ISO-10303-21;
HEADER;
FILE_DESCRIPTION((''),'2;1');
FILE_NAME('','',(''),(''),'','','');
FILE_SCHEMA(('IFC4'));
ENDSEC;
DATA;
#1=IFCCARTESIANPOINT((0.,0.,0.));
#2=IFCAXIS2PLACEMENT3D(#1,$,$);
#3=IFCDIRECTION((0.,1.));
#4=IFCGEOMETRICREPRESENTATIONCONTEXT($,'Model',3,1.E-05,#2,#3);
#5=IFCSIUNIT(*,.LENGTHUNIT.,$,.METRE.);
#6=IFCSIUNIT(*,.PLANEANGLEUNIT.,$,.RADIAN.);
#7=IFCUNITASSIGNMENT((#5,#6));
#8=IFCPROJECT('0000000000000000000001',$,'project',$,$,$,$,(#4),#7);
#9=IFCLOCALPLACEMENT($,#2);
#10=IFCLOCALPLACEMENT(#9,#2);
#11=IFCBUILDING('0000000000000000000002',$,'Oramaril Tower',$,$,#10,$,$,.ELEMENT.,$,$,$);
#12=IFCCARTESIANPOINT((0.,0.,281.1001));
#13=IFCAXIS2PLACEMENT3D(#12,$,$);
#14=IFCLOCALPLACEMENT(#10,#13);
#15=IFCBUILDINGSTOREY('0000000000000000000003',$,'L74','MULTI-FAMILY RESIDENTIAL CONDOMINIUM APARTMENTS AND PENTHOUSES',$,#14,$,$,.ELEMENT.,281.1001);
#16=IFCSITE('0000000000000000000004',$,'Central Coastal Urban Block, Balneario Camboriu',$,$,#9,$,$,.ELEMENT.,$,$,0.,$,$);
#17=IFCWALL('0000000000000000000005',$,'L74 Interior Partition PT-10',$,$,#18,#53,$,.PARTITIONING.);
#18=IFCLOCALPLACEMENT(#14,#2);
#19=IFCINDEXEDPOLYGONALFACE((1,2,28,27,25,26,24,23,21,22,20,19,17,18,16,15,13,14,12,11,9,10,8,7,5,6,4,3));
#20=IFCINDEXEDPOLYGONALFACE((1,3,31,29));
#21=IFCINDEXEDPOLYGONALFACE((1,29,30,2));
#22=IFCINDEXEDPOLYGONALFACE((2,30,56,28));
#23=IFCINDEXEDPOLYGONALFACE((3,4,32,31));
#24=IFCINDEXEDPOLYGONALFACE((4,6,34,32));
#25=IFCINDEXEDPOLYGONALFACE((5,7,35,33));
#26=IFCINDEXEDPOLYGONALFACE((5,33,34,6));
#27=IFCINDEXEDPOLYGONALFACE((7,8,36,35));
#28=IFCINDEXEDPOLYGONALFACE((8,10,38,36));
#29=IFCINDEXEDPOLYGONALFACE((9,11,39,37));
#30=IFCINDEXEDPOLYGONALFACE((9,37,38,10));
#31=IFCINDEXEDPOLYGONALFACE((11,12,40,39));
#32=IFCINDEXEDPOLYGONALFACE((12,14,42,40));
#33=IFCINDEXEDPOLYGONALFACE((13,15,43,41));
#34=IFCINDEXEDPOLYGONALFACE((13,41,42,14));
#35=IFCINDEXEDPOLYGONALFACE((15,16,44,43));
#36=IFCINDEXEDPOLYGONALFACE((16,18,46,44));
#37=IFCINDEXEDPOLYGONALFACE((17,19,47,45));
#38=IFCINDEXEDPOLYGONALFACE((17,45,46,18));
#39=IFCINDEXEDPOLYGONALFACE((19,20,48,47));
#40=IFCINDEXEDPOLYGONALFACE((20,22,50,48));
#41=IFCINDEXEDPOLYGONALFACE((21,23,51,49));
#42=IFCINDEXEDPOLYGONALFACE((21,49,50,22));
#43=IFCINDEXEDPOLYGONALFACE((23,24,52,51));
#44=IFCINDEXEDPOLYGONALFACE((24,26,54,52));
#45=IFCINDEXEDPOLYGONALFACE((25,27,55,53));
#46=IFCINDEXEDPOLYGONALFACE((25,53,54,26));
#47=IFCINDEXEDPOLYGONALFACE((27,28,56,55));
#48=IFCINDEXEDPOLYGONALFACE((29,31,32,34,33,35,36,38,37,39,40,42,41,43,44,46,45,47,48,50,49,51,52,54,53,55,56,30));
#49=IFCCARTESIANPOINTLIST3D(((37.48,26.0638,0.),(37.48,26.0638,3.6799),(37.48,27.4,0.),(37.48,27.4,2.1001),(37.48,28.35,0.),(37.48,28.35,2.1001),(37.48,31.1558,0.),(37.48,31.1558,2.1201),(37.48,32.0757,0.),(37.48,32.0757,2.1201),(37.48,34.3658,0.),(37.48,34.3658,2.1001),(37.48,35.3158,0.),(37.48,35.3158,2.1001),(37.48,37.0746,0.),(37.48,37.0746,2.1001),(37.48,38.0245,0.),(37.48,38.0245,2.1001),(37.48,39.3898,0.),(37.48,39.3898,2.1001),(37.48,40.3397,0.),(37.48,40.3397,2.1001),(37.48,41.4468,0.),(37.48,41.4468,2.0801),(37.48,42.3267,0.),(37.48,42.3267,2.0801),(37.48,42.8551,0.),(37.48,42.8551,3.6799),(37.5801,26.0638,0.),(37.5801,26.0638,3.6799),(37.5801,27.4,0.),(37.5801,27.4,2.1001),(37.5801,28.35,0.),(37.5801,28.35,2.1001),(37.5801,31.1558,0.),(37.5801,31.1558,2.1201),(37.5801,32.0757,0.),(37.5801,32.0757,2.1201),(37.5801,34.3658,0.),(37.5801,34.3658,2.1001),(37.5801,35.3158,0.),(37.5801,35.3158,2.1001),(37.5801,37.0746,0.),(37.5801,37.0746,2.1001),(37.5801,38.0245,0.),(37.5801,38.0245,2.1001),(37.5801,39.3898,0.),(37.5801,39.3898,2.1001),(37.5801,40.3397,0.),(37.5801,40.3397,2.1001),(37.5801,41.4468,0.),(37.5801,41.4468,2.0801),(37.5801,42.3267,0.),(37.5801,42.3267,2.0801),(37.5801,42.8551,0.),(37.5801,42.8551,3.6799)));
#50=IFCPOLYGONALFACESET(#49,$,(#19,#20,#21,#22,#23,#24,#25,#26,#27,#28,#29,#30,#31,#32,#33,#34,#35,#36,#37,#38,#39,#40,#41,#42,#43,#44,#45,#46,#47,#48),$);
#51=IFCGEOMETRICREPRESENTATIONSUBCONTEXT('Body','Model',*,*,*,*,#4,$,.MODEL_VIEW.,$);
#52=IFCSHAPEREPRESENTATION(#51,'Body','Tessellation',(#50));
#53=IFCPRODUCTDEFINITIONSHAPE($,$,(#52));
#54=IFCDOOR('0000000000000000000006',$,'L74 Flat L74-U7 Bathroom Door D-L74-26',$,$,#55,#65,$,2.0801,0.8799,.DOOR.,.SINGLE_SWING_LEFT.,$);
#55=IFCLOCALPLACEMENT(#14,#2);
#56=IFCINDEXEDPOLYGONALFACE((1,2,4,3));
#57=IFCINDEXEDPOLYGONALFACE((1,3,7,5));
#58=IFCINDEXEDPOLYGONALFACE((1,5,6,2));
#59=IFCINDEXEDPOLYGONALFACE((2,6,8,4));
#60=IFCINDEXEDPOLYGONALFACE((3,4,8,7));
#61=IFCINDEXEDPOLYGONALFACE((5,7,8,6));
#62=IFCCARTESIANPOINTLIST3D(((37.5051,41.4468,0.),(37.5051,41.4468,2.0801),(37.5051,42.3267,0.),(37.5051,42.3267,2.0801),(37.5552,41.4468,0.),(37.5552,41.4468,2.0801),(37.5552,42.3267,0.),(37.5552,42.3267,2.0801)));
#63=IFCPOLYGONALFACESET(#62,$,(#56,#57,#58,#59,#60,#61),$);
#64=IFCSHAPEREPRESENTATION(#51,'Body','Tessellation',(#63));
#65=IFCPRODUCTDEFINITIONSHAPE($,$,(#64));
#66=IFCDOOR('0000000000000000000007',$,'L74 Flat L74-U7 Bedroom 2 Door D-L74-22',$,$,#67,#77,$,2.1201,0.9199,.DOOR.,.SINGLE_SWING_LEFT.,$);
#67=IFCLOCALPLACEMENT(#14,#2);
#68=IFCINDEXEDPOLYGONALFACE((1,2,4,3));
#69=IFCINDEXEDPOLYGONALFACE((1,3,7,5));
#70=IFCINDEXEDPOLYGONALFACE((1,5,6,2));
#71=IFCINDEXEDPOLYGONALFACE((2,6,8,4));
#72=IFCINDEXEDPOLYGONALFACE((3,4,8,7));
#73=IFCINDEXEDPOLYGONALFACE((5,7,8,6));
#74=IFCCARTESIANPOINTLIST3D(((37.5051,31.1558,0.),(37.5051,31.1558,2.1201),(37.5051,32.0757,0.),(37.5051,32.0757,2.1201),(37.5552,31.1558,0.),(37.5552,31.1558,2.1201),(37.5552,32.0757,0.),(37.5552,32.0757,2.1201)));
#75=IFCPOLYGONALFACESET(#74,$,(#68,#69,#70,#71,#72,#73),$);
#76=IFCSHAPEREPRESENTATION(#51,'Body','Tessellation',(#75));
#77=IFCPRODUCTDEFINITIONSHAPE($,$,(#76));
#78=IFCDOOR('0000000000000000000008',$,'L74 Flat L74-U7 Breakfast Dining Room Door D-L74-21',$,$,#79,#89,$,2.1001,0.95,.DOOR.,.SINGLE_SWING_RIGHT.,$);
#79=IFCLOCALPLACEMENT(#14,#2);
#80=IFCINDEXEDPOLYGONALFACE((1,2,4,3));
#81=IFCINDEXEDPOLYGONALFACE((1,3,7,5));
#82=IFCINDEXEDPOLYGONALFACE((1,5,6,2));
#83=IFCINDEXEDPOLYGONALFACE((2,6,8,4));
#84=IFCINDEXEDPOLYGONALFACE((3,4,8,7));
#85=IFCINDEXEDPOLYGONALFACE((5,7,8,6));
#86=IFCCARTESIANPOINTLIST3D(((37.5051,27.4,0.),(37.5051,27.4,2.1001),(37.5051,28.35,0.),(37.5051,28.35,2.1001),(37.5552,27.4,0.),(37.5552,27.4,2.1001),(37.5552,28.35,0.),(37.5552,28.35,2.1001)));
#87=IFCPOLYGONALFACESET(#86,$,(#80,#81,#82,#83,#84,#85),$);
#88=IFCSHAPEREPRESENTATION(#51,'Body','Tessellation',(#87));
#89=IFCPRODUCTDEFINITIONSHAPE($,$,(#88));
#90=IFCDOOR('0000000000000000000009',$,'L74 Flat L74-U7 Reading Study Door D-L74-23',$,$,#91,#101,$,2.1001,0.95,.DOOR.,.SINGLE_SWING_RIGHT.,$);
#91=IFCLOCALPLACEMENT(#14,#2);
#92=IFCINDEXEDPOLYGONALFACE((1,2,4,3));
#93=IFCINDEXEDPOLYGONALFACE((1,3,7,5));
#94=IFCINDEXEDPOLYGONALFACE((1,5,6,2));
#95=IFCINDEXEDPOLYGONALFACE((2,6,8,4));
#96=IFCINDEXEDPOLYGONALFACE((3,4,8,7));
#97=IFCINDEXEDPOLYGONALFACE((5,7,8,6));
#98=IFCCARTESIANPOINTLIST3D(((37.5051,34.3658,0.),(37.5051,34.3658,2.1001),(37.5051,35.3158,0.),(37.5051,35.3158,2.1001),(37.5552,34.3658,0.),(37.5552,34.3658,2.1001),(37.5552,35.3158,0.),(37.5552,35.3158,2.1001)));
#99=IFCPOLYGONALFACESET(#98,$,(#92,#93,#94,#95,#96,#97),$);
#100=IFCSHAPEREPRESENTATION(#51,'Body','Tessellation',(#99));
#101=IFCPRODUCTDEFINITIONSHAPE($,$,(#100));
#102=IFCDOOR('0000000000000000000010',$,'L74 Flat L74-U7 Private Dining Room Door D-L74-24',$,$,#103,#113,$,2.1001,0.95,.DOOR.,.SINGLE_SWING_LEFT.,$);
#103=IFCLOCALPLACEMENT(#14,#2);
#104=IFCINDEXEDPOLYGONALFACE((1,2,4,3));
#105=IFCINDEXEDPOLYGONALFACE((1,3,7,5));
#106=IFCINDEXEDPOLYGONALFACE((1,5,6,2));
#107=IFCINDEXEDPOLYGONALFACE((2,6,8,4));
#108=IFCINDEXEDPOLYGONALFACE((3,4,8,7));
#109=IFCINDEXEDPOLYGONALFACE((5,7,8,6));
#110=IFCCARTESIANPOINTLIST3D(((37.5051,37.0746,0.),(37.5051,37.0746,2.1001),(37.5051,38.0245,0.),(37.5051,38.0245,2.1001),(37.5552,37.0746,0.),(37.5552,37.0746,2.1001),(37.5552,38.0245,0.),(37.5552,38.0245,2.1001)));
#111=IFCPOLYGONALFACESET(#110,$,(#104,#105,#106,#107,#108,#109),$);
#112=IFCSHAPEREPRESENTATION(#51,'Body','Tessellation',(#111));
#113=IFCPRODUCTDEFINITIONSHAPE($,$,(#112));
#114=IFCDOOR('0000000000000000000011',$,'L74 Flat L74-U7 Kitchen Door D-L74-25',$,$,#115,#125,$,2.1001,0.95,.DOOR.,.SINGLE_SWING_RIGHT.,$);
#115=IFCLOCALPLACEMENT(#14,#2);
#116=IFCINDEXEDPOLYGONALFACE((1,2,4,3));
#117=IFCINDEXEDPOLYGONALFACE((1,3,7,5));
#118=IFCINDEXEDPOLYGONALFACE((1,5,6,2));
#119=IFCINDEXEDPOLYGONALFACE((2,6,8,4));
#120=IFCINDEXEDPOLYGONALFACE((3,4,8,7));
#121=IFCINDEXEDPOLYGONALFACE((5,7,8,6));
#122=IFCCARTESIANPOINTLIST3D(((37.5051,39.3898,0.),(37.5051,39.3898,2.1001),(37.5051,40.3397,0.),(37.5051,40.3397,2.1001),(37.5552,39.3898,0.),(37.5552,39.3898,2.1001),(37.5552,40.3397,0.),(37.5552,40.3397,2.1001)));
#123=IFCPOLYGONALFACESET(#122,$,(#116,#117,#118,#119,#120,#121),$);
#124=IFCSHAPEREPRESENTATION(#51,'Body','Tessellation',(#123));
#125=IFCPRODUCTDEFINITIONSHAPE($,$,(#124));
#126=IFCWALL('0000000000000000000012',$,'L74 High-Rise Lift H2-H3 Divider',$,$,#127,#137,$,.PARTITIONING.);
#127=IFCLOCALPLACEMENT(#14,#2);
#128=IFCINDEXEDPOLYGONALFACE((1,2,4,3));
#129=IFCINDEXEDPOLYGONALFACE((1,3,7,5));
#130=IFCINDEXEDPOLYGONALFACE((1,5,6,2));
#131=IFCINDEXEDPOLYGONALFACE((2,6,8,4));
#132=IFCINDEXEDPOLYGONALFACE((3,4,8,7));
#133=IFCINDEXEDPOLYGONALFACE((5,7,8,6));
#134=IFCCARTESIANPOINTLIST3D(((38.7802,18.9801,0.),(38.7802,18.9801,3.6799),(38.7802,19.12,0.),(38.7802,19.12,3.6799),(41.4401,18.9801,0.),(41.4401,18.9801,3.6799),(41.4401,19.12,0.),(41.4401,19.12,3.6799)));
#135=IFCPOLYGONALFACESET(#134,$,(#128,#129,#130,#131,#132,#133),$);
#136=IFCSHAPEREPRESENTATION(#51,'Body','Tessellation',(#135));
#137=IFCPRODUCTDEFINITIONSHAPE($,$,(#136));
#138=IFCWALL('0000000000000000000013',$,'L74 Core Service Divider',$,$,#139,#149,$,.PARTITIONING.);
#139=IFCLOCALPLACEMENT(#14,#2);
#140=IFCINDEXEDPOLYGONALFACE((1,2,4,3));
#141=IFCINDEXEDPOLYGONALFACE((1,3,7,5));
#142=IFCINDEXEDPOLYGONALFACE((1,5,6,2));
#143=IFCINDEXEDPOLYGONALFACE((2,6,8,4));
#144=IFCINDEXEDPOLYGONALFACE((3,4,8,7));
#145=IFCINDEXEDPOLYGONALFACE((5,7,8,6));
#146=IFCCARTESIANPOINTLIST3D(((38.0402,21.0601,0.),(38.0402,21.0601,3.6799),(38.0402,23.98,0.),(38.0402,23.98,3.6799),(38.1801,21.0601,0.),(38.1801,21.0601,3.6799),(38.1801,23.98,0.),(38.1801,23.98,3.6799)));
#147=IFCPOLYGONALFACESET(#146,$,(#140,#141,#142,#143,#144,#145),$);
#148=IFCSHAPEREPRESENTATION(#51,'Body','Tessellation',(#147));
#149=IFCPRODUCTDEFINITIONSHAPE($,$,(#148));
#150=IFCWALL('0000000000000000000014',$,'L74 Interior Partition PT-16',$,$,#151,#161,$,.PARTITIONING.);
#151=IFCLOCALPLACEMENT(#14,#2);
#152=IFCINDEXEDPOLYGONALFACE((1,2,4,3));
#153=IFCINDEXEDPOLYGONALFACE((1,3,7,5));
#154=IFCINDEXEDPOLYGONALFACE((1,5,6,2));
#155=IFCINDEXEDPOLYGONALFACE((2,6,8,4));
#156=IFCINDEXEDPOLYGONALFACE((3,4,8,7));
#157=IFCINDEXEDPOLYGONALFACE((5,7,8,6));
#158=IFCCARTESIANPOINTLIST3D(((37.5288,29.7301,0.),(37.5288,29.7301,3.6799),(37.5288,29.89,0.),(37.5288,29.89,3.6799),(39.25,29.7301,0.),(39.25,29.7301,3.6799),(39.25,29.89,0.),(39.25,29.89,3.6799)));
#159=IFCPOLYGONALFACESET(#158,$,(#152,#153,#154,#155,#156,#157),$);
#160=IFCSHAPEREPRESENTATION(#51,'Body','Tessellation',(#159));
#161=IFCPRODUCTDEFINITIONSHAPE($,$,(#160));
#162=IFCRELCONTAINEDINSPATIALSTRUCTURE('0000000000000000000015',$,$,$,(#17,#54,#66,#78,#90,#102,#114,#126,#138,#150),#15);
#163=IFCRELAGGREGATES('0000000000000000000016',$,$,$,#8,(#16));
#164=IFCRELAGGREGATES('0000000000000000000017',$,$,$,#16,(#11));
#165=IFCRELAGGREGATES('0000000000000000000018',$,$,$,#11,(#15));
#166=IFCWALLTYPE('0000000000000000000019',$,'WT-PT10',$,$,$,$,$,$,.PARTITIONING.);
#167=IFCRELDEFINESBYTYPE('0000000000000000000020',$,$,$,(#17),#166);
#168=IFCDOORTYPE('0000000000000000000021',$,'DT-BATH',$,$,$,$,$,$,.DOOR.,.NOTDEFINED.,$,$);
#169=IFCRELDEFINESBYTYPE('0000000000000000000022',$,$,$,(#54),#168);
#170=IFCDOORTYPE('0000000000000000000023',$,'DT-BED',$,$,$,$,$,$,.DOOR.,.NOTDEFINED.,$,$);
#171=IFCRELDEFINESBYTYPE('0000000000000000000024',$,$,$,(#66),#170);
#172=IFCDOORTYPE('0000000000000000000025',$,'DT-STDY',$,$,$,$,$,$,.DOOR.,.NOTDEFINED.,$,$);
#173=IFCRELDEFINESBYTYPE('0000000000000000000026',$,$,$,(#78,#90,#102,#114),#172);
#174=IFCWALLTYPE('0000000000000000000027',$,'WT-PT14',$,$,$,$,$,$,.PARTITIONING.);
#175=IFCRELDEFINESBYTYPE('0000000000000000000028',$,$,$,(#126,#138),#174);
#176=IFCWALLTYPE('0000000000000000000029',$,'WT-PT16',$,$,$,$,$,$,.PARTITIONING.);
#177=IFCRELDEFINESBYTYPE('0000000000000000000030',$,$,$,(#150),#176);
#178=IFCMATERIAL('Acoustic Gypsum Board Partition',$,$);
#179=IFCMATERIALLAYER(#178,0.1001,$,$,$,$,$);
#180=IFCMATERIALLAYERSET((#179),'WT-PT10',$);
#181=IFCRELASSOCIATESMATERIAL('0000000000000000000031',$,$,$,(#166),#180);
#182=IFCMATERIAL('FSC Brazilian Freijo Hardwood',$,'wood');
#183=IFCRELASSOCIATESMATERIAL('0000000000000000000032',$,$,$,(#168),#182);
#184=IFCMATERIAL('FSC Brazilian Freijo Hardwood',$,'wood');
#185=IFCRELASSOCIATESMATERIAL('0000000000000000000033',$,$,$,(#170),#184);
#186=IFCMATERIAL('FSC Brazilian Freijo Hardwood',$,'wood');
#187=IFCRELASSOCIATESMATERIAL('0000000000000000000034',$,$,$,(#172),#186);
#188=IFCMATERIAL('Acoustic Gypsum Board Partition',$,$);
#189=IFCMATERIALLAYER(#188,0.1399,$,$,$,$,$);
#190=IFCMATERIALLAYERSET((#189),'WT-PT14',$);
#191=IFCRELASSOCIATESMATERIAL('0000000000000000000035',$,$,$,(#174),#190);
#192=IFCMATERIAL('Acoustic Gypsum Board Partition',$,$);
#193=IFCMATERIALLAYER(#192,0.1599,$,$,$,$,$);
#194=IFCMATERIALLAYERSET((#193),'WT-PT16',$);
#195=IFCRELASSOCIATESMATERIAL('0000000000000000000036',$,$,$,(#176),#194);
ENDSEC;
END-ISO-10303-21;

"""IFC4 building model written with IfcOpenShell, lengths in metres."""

from ifc_helpers import new_model, si_unit, direction, frame, frame_2d, origin, place, context, subcontext, project, spatial, rectangle, extrude, material, layer, layer_set, type_object, element, fill, save


model = new_model("IFC4")

# Units and contexts
model_context = context("Model", 3, precision=1e-05, world=origin(), true_north=direction((0.0, 1.0)))
body_context = subcontext(model_context, "Body", "Model", "MODEL_VIEW")
ifc_project = project(units=[si_unit("LENGTHUNIT", "METRE"), si_unit("PLANEANGLEUNIT", "RADIAN")], contexts=[model_context])

# Site, building, storey
site_placement = place(None, origin())
site = spatial("IfcSite", under=ifc_project, at=site_placement, Name="Central Coastal Urban Block, Balneario Camboriu", CompositionType="ELEMENT", RefElevation=0.0)
building_placement = place(site_placement, origin())
building = spatial("IfcBuilding", under=site, at=building_placement, Name="Oramaril Tower", CompositionType="ELEMENT")
storey_placement = place(building_placement, frame((0.0, 0.0, 281.1001)))
storey = spatial("IfcBuildingStorey", under=building, at=storey_placement, Name="L74", Description="MULTI-FAMILY RESIDENTIAL CONDOMINIUM APARTMENTS AND PENTHOUSES", CompositionType="ELEMENT", Elevation=281.1001)

# Shared definitions
ifc_material_1 = material(Name="Acoustic Gypsum Board Partition")
ifc_layer_1 = layer(ifc_material_1, 0.1001)
ifc_layer_set_1 = layer_set([ifc_layer_1], Name="WT-PT10")
wall_type_1 = type_object("IfcWallType", Name="WT-PT10", PredefinedType="PARTITIONING", material=ifc_layer_set_1)
ifc_material_2 = material(Name="FSC Brazilian Freijo Hardwood", Category="wood")
door_type_1 = type_object("IfcDoorType", Name="DT-BATH", OperationType="NOTDEFINED", PredefinedType="DOOR", material=ifc_material_2)

# Wall, openings, doors
wall_1_placement = place(storey_placement, frame((37.53, 26.064, 0.0), z_axis=(0.0, 0.0, 1.0), x_axis=(0.0, 1.0, 0.0)))
wall_1 = element("IfcWall", 1, at=wall_1_placement, inside=storey, type_object=wall_type_1, Name="L74 Interior Partition PT-10", PredefinedType="PARTITIONING", context=body_context, shape_type="SweptSolid", body=[
    extrude(rectangle(XDim=16.7913, YDim=0.1001, at=frame_2d((8.3955, 0.0))), origin(), (0.0, 0.0, 1.0), 3.6799),
])
opening_1_placement = place(wall_1_placement, frame((1.3359, 0.0, 0.0)))
opening_1 = element("IfcOpeningElement", 2, at=opening_1_placement, cuts=wall_1, PredefinedType="OPENING", context=body_context, shape_type="SweptSolid", body=[
    extrude(rectangle(XDim=0.95, YDim=2.1001, at=frame_2d((0.4751, 1.05))), frame((0.0, 0.05, 0.0), z_axis=(0.0, -1.0, 0.0), x_axis=(1.0, 0.0, 0.0)), (0.0, 0.0, 1.0), 0.1001),
])
opening_2_placement = place(wall_1_placement, frame((5.0918, 0.0, 0.0)))
opening_2 = element("IfcOpeningElement", 3, at=opening_2_placement, cuts=wall_1, PredefinedType="OPENING", context=body_context, shape_type="SweptSolid", body=[
    extrude(rectangle(XDim=0.9199, YDim=2.1201, at=frame_2d((0.46, 1.0601))), frame((0.0, 0.05, 0.0), z_axis=(0.0, -1.0, 0.0), x_axis=(1.0, 0.0, 0.0)), (0.0, 0.0, 1.0), 0.1001),
])
opening_3_placement = place(wall_1_placement, frame((8.3018, 0.0, 0.0)))
opening_3 = element("IfcOpeningElement", 4, at=opening_3_placement, cuts=wall_1, PredefinedType="OPENING", context=body_context, shape_type="SweptSolid", body=[
    extrude(rectangle(XDim=0.95, YDim=2.1001, at=frame_2d((0.4751, 1.05))), frame((0.0, 0.05, 0.0), z_axis=(0.0, -1.0, 0.0), x_axis=(1.0, 0.0, 0.0)), (0.0, 0.0, 1.0), 0.1001),
])
opening_4_placement = place(wall_1_placement, frame((11.0105, 0.0, 0.0)))
opening_4 = element("IfcOpeningElement", 5, at=opening_4_placement, cuts=wall_1, PredefinedType="OPENING", context=body_context, shape_type="SweptSolid", body=[
    extrude(rectangle(XDim=0.95, YDim=2.1001, at=frame_2d((0.4751, 1.05))), frame((0.0, 0.05, 0.0), z_axis=(0.0, -1.0, 0.0), x_axis=(1.0, 0.0, 0.0)), (0.0, 0.0, 1.0), 0.1001),
])
opening_5_placement = place(wall_1_placement, frame((13.3257, 0.0, 0.0)))
opening_5 = element("IfcOpeningElement", 6, at=opening_5_placement, cuts=wall_1, PredefinedType="OPENING", context=body_context, shape_type="SweptSolid", body=[
    extrude(rectangle(XDim=0.95, YDim=2.1001, at=frame_2d((0.4751, 1.05))), frame((0.0, 0.05, 0.0), z_axis=(0.0, -1.0, 0.0), x_axis=(1.0, 0.0, 0.0)), (0.0, 0.0, 1.0), 0.1001),
])
opening_6_placement = place(wall_1_placement, frame((15.3828, 0.0, 0.0)))
opening_6 = element("IfcOpeningElement", 7, at=opening_6_placement, cuts=wall_1, PredefinedType="OPENING", context=body_context, shape_type="SweptSolid", body=[
    extrude(rectangle(XDim=0.8799, YDim=2.0801, at=frame_2d((0.4399, 1.04))), frame((0.0, 0.05, 0.0), z_axis=(0.0, -1.0, 0.0), x_axis=(1.0, 0.0, 0.0)), (0.0, 0.0, 1.0), 0.1001),
])
door_1_placement = place(opening_6_placement, origin())
door_1 = element("IfcDoor", 8, at=door_1_placement, inside=storey, type_object=door_type_1, Name="L74 Flat L74-U7 Bathroom Door D-L74-26", OperationType="SINGLE_SWING_LEFT", OverallHeight=2.0801, OverallWidth=0.8799, PredefinedType="DOOR", context=body_context, shape_type="SweptSolid", body=[
    extrude(rectangle(XDim=0.8799, YDim=2.0801, at=frame_2d((0.4399, 1.04))), frame((0.0, 0.0249, 0.0), z_axis=(0.0, -1.0, 0.0), x_axis=(1.0, 0.0, 0.0)), (0.0, 0.0, 1.0), 0.05),
])
fill(opening_6, door_1)
ifc_material_3 = material(Name="FSC Brazilian Freijo Hardwood", Category="wood")
door_type_2 = type_object("IfcDoorType", Name="DT-BED", OperationType="NOTDEFINED", PredefinedType="DOOR", material=ifc_material_3)
door_2_placement = place(opening_2_placement, origin())
door_2 = element("IfcDoor", 9, at=door_2_placement, inside=storey, type_object=door_type_2, Name="L74 Flat L74-U7 Bedroom 2 Door D-L74-22", OperationType="SINGLE_SWING_LEFT", OverallHeight=2.1201, OverallWidth=0.9199, PredefinedType="DOOR", context=body_context, shape_type="SweptSolid", body=[
    extrude(rectangle(XDim=0.9199, YDim=2.1201, at=frame_2d((0.46, 1.0601))), frame((0.0, 0.0249, 0.0), z_axis=(0.0, -1.0, 0.0), x_axis=(1.0, 0.0, 0.0)), (0.0, 0.0, 1.0), 0.05),
])
fill(opening_2, door_2)
ifc_material_4 = material(Name="FSC Brazilian Freijo Hardwood", Category="wood")
door_type_3 = type_object("IfcDoorType", Name="DT-STDY", OperationType="NOTDEFINED", PredefinedType="DOOR", material=ifc_material_4)
door_3_placement = place(opening_1_placement, origin())
door_3 = element("IfcDoor", 10, at=door_3_placement, inside=storey, type_object=door_type_3, Name="L74 Flat L74-U7 Breakfast Dining Room Door D-L74-21", OperationType="SINGLE_SWING_RIGHT", OverallHeight=2.1001, OverallWidth=0.95, PredefinedType="DOOR", context=body_context, shape_type="SweptSolid", body=[
    extrude(rectangle(XDim=0.95, YDim=2.1001, at=frame_2d((0.4751, 1.05))), frame((0.0, 0.0249, 0.0), z_axis=(0.0, -1.0, 0.0), x_axis=(1.0, 0.0, 0.0)), (0.0, 0.0, 1.0), 0.05),
])
fill(opening_1, door_3)
door_4_placement = place(opening_3_placement, origin())
door_4 = element("IfcDoor", 11, at=door_4_placement, inside=storey, type_object=door_type_3, Name="L74 Flat L74-U7 Reading Study Door D-L74-23", OperationType="SINGLE_SWING_RIGHT", OverallHeight=2.1001, OverallWidth=0.95, PredefinedType="DOOR", context=body_context, shape_type="SweptSolid", body=[
    extrude(rectangle(XDim=0.95, YDim=2.1001, at=frame_2d((0.4751, 1.05))), frame((0.0, 0.0249, 0.0), z_axis=(0.0, -1.0, 0.0), x_axis=(1.0, 0.0, 0.0)), (0.0, 0.0, 1.0), 0.05),
])
fill(opening_3, door_4)
door_5_placement = place(opening_4_placement, origin())
door_5 = element("IfcDoor", 12, at=door_5_placement, inside=storey, type_object=door_type_3, Name="L74 Flat L74-U7 Private Dining Room Door D-L74-24", OperationType="SINGLE_SWING_LEFT", OverallHeight=2.1001, OverallWidth=0.95, PredefinedType="DOOR", context=body_context, shape_type="SweptSolid", body=[
    extrude(rectangle(XDim=0.95, YDim=2.1001, at=frame_2d((0.4751, 1.05))), frame((0.0, 0.0249, 0.0), z_axis=(0.0, -1.0, 0.0), x_axis=(1.0, 0.0, 0.0)), (0.0, 0.0, 1.0), 0.05),
])
fill(opening_4, door_5)
door_6_placement = place(opening_5_placement, origin())
door_6 = element("IfcDoor", 13, at=door_6_placement, inside=storey, type_object=door_type_3, Name="L74 Flat L74-U7 Kitchen Door D-L74-25", OperationType="SINGLE_SWING_RIGHT", OverallHeight=2.1001, OverallWidth=0.95, PredefinedType="DOOR", context=body_context, shape_type="SweptSolid", body=[
    extrude(rectangle(XDim=0.95, YDim=2.1001, at=frame_2d((0.4751, 1.05))), frame((0.0, 0.0249, 0.0), z_axis=(0.0, -1.0, 0.0), x_axis=(1.0, 0.0, 0.0)), (0.0, 0.0, 1.0), 0.05),
])
fill(opening_5, door_6)

# Walls
ifc_material_5 = material(Name="Acoustic Gypsum Board Partition")
ifc_layer_2 = layer(ifc_material_5, 0.1399)
ifc_layer_set_2 = layer_set([ifc_layer_2], Name="WT-PT14")
wall_type_2 = type_object("IfcWallType", Name="WT-PT14", PredefinedType="PARTITIONING", material=ifc_layer_set_2)
wall_2_placement = place(storey_placement, frame((38.78, 19.05, 0.0), z_axis=(0.0, 0.0, 1.0), x_axis=(1.0, 0.0, 0.0)))
element("IfcWall", 14, at=wall_2_placement, inside=storey, type_object=wall_type_2, Name="L74 High-Rise Lift H2-H3 Divider", PredefinedType="PARTITIONING", context=body_context, shape_type="SweptSolid", body=[
    extrude(rectangle(XDim=2.6599, YDim=0.1399, at=frame_2d((1.3301, 0.0))), origin(), (0.0, 0.0, 1.0), 3.6799),
])
wall_3_placement = place(storey_placement, frame((38.1101, 21.0601, 0.0), z_axis=(0.0, 0.0, 1.0), x_axis=(0.0, 1.0, 0.0)))
element("IfcWall", 15, at=wall_3_placement, inside=storey, type_object=wall_type_2, Name="L74 Core Service Divider", PredefinedType="PARTITIONING", context=body_context, shape_type="SweptSolid", body=[
    extrude(rectangle(XDim=2.9199, YDim=0.1399, at=frame_2d((1.46, 0.0))), origin(), (0.0, 0.0, 1.0), 3.6799),
])
ifc_material_6 = material(Name="Acoustic Gypsum Board Partition")
ifc_layer_3 = layer(ifc_material_6, 0.1599)
ifc_layer_set_3 = layer_set([ifc_layer_3], Name="WT-PT16")
wall_type_3 = type_object("IfcWallType", Name="WT-PT16", PredefinedType="PARTITIONING", material=ifc_layer_set_3)
wall_4_placement = place(storey_placement, frame((37.5288, 29.8101, 0.0), z_axis=(0.0, 0.0, 1.0), x_axis=(1.0, 0.0, 0.0)))
element("IfcWall", 16, at=wall_4_placement, inside=storey, type_object=wall_type_3, Name="L74 Interior Partition PT-16", PredefinedType="PARTITIONING", context=body_context, shape_type="SweptSolid", body=[
    extrude(rectangle(XDim=1.7212, YDim=0.1599, at=frame_2d((0.8606, 0.0))), origin(), (0.0, 0.0, 1.0), 3.6799),
])

save(model, "model.ifc")
